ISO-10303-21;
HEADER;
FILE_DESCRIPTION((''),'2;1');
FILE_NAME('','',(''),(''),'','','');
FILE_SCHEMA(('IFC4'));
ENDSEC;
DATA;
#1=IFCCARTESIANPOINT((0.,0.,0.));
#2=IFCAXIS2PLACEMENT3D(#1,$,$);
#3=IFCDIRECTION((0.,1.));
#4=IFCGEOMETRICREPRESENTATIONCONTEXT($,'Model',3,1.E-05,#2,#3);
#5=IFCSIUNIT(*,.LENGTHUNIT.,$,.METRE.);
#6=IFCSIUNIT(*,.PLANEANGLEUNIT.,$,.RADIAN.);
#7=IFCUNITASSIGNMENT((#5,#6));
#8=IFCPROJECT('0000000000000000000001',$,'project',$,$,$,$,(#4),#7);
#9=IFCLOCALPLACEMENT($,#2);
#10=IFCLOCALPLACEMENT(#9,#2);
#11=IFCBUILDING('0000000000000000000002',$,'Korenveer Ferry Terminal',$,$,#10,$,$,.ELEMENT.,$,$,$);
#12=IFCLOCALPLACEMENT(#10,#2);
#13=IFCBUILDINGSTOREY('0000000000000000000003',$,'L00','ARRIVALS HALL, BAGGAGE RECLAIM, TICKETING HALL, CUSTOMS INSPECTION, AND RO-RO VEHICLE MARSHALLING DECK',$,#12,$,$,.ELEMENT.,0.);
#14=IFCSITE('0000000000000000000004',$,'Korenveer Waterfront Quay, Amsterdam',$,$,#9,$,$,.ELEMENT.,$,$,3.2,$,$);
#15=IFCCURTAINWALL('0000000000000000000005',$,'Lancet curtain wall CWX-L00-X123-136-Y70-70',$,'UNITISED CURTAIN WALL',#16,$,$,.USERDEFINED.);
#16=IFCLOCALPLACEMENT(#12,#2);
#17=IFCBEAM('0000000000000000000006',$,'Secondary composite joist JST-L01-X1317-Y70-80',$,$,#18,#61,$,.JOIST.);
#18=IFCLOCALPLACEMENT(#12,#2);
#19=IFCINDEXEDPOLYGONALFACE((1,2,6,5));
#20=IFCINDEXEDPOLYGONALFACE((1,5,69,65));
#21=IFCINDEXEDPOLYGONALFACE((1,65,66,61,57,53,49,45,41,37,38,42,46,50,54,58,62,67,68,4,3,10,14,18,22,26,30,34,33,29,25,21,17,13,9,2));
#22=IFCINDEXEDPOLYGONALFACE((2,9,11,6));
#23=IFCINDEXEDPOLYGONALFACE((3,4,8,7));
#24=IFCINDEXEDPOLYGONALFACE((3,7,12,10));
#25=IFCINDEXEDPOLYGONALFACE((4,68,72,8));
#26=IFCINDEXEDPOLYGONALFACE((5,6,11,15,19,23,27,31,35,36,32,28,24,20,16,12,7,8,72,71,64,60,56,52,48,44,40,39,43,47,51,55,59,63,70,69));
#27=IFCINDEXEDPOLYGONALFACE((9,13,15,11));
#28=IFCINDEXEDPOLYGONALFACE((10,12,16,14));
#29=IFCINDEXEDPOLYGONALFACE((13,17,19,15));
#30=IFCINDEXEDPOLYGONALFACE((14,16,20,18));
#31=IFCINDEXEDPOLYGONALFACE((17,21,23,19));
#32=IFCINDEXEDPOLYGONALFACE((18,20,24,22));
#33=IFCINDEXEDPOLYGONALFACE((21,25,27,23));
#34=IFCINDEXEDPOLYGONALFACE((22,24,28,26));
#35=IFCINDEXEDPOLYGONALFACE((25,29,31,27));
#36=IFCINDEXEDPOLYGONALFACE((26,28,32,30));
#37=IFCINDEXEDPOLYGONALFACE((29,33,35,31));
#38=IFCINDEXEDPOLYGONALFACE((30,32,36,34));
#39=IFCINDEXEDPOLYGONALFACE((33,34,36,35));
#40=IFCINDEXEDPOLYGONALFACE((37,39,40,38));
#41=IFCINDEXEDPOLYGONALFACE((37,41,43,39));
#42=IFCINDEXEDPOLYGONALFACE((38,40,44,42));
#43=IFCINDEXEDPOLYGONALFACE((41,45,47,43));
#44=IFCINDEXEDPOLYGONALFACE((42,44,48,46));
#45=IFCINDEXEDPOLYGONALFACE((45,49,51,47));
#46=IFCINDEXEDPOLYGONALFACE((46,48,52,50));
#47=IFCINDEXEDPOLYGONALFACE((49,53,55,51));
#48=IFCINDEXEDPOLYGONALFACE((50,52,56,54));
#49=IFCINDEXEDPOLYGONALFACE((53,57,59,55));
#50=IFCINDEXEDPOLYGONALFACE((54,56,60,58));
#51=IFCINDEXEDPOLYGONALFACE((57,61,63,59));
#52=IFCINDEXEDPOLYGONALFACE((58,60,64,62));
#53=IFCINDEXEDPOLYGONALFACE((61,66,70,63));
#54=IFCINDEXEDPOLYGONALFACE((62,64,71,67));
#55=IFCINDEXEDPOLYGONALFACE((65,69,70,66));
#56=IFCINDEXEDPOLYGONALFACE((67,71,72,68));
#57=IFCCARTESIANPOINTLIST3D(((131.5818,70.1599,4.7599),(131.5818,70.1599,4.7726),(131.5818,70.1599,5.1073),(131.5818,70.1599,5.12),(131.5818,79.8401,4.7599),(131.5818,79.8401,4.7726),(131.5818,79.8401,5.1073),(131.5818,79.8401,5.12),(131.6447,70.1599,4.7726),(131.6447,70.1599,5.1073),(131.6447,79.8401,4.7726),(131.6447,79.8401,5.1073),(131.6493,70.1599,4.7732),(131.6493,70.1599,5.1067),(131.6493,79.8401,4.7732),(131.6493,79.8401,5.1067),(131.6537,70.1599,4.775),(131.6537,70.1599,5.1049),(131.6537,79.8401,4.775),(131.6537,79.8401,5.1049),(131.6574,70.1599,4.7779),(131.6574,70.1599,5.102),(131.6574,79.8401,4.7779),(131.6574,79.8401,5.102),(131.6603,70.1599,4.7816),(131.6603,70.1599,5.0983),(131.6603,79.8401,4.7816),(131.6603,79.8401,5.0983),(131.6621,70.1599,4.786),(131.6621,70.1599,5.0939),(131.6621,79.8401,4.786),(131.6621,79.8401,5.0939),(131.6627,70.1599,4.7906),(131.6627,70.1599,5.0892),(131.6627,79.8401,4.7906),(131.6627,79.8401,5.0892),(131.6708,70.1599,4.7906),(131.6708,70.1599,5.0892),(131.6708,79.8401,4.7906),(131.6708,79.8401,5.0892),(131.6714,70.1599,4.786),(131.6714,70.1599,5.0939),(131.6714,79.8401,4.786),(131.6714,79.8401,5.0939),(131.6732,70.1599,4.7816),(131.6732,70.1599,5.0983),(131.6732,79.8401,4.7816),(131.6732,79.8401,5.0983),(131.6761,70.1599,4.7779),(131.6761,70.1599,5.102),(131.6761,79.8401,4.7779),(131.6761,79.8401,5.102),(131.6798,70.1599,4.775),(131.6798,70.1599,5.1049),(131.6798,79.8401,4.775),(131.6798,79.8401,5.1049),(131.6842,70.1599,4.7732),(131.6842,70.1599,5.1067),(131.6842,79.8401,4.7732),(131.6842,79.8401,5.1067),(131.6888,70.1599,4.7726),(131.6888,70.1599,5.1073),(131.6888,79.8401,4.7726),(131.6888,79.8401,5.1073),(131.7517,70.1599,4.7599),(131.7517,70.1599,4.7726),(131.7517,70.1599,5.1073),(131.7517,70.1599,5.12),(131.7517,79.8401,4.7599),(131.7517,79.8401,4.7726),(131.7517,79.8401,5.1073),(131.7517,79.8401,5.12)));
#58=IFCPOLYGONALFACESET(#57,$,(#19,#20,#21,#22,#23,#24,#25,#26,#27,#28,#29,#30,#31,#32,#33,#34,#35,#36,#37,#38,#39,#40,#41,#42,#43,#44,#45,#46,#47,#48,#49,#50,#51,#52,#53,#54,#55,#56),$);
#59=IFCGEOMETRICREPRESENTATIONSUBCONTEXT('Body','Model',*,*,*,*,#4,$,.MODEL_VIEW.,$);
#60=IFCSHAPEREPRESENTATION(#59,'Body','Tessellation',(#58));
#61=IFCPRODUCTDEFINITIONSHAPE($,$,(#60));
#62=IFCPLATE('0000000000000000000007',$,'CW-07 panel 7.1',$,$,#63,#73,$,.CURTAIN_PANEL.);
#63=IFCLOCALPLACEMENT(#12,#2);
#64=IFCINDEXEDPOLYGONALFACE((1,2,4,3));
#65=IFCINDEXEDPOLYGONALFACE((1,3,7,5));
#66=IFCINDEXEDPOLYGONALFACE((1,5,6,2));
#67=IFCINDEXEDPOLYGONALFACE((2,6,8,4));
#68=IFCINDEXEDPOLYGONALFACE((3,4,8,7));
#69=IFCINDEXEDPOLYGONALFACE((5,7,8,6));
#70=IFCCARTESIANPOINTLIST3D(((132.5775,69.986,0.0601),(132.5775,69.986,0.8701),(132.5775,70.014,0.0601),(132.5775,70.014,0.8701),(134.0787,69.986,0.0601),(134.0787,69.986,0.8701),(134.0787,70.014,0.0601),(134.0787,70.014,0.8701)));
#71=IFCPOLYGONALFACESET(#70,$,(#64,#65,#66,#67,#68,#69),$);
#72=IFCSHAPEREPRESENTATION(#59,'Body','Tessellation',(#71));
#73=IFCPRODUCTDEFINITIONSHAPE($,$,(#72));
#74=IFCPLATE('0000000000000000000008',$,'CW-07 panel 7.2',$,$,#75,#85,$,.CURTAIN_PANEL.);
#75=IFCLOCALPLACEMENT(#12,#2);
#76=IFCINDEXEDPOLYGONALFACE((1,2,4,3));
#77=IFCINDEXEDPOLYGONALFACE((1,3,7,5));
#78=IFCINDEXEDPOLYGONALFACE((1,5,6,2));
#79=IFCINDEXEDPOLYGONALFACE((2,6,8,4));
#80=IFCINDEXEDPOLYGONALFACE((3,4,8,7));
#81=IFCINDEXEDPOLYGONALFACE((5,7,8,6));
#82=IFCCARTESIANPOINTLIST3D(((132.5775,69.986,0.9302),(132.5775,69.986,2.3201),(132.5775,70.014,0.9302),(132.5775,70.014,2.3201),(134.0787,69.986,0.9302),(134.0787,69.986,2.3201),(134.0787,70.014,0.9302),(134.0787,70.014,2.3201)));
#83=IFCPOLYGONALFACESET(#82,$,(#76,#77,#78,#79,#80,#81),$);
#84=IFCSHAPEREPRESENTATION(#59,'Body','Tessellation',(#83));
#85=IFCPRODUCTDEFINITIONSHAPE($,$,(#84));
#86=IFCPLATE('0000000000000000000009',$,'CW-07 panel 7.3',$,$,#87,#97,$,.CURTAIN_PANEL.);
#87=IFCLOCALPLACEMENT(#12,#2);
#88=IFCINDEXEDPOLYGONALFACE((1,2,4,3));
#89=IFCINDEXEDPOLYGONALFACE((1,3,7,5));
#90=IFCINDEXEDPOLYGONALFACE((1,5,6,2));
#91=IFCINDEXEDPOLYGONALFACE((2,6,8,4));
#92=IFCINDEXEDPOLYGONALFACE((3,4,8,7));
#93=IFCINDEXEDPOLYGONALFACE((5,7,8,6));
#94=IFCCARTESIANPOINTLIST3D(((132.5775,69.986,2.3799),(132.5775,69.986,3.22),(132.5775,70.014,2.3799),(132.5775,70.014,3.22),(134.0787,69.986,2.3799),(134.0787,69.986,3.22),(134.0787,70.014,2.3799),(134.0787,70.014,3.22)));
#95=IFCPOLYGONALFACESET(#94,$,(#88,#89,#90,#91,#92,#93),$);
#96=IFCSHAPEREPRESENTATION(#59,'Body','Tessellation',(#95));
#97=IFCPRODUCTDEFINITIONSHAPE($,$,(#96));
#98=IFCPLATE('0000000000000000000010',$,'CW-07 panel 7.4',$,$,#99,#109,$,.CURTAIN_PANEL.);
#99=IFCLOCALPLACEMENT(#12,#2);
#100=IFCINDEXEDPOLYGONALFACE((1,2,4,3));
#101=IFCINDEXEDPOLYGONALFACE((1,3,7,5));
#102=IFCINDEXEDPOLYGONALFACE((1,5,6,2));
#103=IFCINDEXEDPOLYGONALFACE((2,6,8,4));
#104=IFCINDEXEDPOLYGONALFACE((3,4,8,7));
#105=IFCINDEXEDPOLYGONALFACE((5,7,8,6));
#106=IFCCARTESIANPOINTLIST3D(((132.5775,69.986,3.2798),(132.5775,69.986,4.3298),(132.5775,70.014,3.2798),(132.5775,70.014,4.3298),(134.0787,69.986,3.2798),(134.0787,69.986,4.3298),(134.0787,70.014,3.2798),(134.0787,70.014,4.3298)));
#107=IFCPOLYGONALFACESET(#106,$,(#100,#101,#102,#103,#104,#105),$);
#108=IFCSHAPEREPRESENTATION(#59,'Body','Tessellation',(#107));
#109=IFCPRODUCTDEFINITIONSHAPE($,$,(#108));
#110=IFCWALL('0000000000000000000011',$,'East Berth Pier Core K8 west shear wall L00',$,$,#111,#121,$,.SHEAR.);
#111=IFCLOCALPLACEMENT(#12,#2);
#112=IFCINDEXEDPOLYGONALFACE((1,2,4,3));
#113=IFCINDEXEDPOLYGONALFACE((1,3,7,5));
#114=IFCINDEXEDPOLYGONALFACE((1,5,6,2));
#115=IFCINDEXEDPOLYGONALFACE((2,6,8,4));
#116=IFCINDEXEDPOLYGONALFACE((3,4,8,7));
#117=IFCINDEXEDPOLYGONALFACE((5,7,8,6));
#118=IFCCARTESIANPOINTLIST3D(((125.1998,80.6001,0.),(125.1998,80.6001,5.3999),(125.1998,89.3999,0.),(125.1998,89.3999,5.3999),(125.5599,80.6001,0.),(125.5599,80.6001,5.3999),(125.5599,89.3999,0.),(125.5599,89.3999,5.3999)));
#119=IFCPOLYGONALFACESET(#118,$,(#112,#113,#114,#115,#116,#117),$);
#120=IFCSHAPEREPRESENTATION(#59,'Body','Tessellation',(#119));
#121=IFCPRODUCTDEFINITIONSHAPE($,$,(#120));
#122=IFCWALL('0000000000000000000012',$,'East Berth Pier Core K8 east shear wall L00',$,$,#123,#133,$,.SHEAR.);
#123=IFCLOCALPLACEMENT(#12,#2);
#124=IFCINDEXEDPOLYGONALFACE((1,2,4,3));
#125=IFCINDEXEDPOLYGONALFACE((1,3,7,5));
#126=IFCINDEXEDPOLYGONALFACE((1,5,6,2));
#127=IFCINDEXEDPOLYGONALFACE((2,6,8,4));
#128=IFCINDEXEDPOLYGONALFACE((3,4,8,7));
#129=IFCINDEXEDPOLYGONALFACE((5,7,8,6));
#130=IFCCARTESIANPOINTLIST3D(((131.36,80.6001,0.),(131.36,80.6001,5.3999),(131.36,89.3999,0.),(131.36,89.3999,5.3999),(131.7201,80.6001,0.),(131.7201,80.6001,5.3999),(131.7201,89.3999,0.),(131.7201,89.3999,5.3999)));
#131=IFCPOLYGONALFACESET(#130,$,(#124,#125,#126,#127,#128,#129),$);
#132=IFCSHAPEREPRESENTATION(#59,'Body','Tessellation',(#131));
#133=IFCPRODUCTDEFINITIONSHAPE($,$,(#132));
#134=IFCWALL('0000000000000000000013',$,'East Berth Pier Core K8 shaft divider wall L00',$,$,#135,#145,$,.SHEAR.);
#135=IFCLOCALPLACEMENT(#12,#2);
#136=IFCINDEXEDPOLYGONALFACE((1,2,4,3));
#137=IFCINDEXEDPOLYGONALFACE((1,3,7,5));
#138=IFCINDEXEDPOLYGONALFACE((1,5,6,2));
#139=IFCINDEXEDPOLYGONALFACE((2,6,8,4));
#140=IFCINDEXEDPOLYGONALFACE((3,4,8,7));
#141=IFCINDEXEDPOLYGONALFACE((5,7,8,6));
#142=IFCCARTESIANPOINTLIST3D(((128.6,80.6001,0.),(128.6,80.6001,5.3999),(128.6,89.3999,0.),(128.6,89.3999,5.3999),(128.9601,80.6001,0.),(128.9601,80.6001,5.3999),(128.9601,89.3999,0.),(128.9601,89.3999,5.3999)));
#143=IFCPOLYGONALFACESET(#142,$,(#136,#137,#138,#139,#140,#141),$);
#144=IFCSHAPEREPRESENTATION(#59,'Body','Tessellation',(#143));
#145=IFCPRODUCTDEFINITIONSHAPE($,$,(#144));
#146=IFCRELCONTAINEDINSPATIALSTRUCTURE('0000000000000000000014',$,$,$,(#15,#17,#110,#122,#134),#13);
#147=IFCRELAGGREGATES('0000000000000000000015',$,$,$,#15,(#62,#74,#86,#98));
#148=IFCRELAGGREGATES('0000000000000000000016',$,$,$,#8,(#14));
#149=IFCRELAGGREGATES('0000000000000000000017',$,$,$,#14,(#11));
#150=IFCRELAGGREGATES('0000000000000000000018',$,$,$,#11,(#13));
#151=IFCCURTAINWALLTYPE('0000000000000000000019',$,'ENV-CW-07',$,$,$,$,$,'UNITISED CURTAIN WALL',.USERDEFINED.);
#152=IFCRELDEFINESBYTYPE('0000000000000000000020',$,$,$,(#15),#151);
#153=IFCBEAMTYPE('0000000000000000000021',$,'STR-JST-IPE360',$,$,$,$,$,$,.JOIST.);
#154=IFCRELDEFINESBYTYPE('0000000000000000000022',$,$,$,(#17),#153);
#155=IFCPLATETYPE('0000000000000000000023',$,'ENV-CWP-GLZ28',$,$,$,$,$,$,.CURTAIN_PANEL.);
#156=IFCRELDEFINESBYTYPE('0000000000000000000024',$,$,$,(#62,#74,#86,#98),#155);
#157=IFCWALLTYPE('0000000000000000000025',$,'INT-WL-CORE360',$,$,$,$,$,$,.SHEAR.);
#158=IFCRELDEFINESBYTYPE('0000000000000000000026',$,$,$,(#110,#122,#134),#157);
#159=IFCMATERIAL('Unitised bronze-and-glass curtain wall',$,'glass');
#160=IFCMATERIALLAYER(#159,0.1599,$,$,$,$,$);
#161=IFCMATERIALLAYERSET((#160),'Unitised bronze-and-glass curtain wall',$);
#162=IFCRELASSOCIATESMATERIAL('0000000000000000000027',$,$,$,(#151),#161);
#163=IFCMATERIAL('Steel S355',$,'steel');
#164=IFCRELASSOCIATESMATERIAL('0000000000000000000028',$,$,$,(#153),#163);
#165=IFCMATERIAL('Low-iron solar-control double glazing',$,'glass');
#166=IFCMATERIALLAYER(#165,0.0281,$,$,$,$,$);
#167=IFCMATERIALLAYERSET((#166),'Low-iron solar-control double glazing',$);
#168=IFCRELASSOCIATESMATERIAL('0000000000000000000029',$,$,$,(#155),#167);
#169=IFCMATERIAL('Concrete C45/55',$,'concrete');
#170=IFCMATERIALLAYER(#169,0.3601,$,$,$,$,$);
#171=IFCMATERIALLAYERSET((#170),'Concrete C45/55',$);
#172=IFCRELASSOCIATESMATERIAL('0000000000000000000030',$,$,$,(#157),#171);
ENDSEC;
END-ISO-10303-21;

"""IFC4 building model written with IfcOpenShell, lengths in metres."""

from ifc_helpers import new_model, si_unit, direction, frame, frame_2d, origin, origin_2d, place, context, subcontext, project, spatial, rectangle, i_section, extrude, material, layer, layer_set, material_profile, profile_set, type_object, element, aggregate, save


model = new_model("IFC4")

# Units and contexts
model_context = context("Model", 3, precision=1e-05, world=origin(), true_north=direction((0.0, 1.0)))
body_context = subcontext(model_context, "Body", "Model", "MODEL_VIEW")
ifc_project = project(units=[si_unit("LENGTHUNIT", "METRE"), si_unit("PLANEANGLEUNIT", "RADIAN")], contexts=[model_context])

# Site, building, storey
site_placement = place(None, origin())
site = spatial("IfcSite", under=ifc_project, at=site_placement, Name="Korenveer Waterfront Quay, Amsterdam", CompositionType="ELEMENT", RefElevation=3.2)
building_placement = place(site_placement, origin())
building = spatial("IfcBuilding", under=site, at=building_placement, Name="Korenveer Ferry Terminal", CompositionType="ELEMENT")
storey_placement = place(building_placement, origin())
storey = spatial("IfcBuildingStorey", under=building, at=storey_placement, Name="L00", Description="ARRIVALS HALL, BAGGAGE RECLAIM, TICKETING HALL, CUSTOMS INSPECTION, AND RO-RO VEHICLE MARSHALLING DECK", CompositionType="ELEMENT", Elevation=0.0)

# Shared definitions
ifc_material_1 = material(Name="Steel S355", Category="steel")

# Curtain wall
ifc_material_2 = material(Name="Unitised bronze-and-glass curtain wall", Category="glass")
ifc_layer_1 = layer(ifc_material_2, 0.1599)
ifc_layer_set_1 = layer_set([ifc_layer_1], Name="Unitised bronze-and-glass curtain wall")
curtain_wall_type = type_object("IfcCurtainWallType", Name="ENV-CW-07", ElementType="UNITISED CURTAIN WALL", PredefinedType="USERDEFINED", material=ifc_layer_set_1)
curtain_wall_placement = place(storey_placement, frame((123.1799, 70.0, 0.0)))
curtain_wall = element("IfcCurtainWall", 1, at=curtain_wall_placement, inside=storey, type_object=curtain_wall_type, Name="Lancet curtain wall CWX-L00-X123-136-Y70-70", ObjectType="UNITISED CURTAIN WALL", PredefinedType="USERDEFINED")

# Beam
ifc_material_profile_1 = material_profile(ifc_material_1, i_section(OverallWidth=0.1699, OverallDepth=0.3601, WebThickness=0.0081, FlangeThickness=0.0127, FilletRadius=0.0181, at=origin_2d()), Name="IPE 360")
ifc_profile_set_1 = profile_set([ifc_material_profile_1], Name="Steel S355")
beam_type_1 = type_object("IfcBeamType", Name="STR-JST-IPE360", PredefinedType="JOIST", material=ifc_profile_set_1)
for number, where, z_axis, x_axis, name in (
    (2, (131.6667, 70.1599, 4.9399), (0.0, 1.0, 0.0), (-1.0, 0.0, 0.0), "Secondary composite joist JST-L01-X1317-Y70-80"),
):
    element("IfcBeam", number, at=place(storey_placement, frame(where, z_axis=z_axis, x_axis=x_axis)), inside=storey, type_object=beam_type_1, Name=name, PredefinedType="JOIST", context=body_context, shape_type="SweptSolid", body=[
        extrude(i_section(OverallWidth=0.1699, OverallDepth=0.3601, WebThickness=0.0081, FlangeThickness=0.0127, FilletRadius=0.0181, at=origin_2d()), origin(), (0.0, 0.0, 1.0), 9.6802),
    ])

# Plates
ifc_material_3 = material(Name="Low-iron solar-control double glazing", Category="glass")
ifc_layer_2 = layer(ifc_material_3, 0.0281)
ifc_layer_set_2 = layer_set([ifc_layer_2], Name="Low-iron solar-control double glazing")
plate_type = type_object("IfcPlateType", Name="ENV-CWP-GLZ28", PredefinedType="CURTAIN_PANEL", material=ifc_layer_set_2)
plate_1_placement = place(storey_placement, frame((133.3281, 70.0, 0.0601), z_axis=(0.0, 0.0, 1.0), x_axis=(1.0, 0.0, 0.0)))
plate_1 = element("IfcPlate", 3, at=plate_1_placement, type_object=plate_type, Name="CW-07 panel 7.1", PredefinedType="CURTAIN_PANEL", context=body_context, shape_type="SweptSolid", body=[
    extrude(rectangle(XDim=1.5012, YDim=0.0281, at=origin_2d()), origin(), (0.0, 0.0, 1.0), 0.8101),
])
plate_2_placement = place(storey_placement, frame((133.3281, 70.0, 0.9302), z_axis=(0.0, 0.0, 1.0), x_axis=(1.0, 0.0, 0.0)))
plate_2 = element("IfcPlate", 4, at=plate_2_placement, type_object=plate_type, Name="CW-07 panel 7.2", PredefinedType="CURTAIN_PANEL", context=body_context, shape_type="SweptSolid", body=[
    extrude(rectangle(XDim=1.5012, YDim=0.0281, at=origin_2d()), origin(), (0.0, 0.0, 1.0), 1.3899),
])
plate_3_placement = place(storey_placement, frame((133.3281, 70.0, 2.3799), z_axis=(0.0, 0.0, 1.0), x_axis=(1.0, 0.0, 0.0)))
plate_3 = element("IfcPlate", 5, at=plate_3_placement, type_object=plate_type, Name="CW-07 panel 7.3", PredefinedType="CURTAIN_PANEL", context=body_context, shape_type="SweptSolid", body=[
    extrude(rectangle(XDim=1.5012, YDim=0.0281, at=origin_2d()), origin(), (0.0, 0.0, 1.0), 0.8401),
])
plate_4_placement = place(storey_placement, frame((133.3281, 70.0, 3.2798), z_axis=(0.0, 0.0, 1.0), x_axis=(1.0, 0.0, 0.0)))
plate_4 = element("IfcPlate", 6, at=plate_4_placement, type_object=plate_type, Name="CW-07 panel 7.4", PredefinedType="CURTAIN_PANEL", context=body_context, shape_type="SweptSolid", body=[
    extrude(rectangle(XDim=1.5012, YDim=0.0281, at=origin_2d()), origin(), (0.0, 0.0, 1.0), 1.05),
])
aggregate(curtain_wall, [plate_1, plate_2, plate_3, plate_4])

# Shared definitions
ifc_material_4 = material(Name="Concrete C45/55", Category="concrete")
ifc_layer_3 = layer(ifc_material_4, 0.3601)
ifc_layer_set_3 = layer_set([ifc_layer_3], Name="Concrete C45/55")
wall_type = type_object("IfcWallType", Name="INT-WL-CORE360", PredefinedType="SHEAR", material=ifc_layer_set_3)

# Walls
for number, where, z_axis, x_axis, name in (
    (7, (125.3799, 80.6001, 0.0), (0.0, 0.0, 1.0), (0.0, 1.0, 0.0), "East Berth Pier Core K8 west shear wall L00"),
    (8, (131.54, 80.6001, 0.0), (0.0, 0.0, 1.0), (0.0, 1.0, 0.0), "East Berth Pier Core K8 east shear wall L00"),
    (9, (128.78, 80.6001, 0.0), (0.0, 0.0, 1.0), (0.0, 1.0, 0.0), "East Berth Pier Core K8 shaft divider wall L00"),
):
    element("IfcWall", number, at=place(storey_placement, frame(where, z_axis=z_axis, x_axis=x_axis)), inside=storey, type_object=wall_type, Name=name, PredefinedType="SHEAR", context=body_context, shape_type="SweptSolid", body=[
        extrude(rectangle(XDim=8.7998, YDim=0.3601, at=frame_2d((4.3999, 0.0))), origin(), (0.0, 0.0, 1.0), 5.3999),
    ])

save(model, "model.ifc")
